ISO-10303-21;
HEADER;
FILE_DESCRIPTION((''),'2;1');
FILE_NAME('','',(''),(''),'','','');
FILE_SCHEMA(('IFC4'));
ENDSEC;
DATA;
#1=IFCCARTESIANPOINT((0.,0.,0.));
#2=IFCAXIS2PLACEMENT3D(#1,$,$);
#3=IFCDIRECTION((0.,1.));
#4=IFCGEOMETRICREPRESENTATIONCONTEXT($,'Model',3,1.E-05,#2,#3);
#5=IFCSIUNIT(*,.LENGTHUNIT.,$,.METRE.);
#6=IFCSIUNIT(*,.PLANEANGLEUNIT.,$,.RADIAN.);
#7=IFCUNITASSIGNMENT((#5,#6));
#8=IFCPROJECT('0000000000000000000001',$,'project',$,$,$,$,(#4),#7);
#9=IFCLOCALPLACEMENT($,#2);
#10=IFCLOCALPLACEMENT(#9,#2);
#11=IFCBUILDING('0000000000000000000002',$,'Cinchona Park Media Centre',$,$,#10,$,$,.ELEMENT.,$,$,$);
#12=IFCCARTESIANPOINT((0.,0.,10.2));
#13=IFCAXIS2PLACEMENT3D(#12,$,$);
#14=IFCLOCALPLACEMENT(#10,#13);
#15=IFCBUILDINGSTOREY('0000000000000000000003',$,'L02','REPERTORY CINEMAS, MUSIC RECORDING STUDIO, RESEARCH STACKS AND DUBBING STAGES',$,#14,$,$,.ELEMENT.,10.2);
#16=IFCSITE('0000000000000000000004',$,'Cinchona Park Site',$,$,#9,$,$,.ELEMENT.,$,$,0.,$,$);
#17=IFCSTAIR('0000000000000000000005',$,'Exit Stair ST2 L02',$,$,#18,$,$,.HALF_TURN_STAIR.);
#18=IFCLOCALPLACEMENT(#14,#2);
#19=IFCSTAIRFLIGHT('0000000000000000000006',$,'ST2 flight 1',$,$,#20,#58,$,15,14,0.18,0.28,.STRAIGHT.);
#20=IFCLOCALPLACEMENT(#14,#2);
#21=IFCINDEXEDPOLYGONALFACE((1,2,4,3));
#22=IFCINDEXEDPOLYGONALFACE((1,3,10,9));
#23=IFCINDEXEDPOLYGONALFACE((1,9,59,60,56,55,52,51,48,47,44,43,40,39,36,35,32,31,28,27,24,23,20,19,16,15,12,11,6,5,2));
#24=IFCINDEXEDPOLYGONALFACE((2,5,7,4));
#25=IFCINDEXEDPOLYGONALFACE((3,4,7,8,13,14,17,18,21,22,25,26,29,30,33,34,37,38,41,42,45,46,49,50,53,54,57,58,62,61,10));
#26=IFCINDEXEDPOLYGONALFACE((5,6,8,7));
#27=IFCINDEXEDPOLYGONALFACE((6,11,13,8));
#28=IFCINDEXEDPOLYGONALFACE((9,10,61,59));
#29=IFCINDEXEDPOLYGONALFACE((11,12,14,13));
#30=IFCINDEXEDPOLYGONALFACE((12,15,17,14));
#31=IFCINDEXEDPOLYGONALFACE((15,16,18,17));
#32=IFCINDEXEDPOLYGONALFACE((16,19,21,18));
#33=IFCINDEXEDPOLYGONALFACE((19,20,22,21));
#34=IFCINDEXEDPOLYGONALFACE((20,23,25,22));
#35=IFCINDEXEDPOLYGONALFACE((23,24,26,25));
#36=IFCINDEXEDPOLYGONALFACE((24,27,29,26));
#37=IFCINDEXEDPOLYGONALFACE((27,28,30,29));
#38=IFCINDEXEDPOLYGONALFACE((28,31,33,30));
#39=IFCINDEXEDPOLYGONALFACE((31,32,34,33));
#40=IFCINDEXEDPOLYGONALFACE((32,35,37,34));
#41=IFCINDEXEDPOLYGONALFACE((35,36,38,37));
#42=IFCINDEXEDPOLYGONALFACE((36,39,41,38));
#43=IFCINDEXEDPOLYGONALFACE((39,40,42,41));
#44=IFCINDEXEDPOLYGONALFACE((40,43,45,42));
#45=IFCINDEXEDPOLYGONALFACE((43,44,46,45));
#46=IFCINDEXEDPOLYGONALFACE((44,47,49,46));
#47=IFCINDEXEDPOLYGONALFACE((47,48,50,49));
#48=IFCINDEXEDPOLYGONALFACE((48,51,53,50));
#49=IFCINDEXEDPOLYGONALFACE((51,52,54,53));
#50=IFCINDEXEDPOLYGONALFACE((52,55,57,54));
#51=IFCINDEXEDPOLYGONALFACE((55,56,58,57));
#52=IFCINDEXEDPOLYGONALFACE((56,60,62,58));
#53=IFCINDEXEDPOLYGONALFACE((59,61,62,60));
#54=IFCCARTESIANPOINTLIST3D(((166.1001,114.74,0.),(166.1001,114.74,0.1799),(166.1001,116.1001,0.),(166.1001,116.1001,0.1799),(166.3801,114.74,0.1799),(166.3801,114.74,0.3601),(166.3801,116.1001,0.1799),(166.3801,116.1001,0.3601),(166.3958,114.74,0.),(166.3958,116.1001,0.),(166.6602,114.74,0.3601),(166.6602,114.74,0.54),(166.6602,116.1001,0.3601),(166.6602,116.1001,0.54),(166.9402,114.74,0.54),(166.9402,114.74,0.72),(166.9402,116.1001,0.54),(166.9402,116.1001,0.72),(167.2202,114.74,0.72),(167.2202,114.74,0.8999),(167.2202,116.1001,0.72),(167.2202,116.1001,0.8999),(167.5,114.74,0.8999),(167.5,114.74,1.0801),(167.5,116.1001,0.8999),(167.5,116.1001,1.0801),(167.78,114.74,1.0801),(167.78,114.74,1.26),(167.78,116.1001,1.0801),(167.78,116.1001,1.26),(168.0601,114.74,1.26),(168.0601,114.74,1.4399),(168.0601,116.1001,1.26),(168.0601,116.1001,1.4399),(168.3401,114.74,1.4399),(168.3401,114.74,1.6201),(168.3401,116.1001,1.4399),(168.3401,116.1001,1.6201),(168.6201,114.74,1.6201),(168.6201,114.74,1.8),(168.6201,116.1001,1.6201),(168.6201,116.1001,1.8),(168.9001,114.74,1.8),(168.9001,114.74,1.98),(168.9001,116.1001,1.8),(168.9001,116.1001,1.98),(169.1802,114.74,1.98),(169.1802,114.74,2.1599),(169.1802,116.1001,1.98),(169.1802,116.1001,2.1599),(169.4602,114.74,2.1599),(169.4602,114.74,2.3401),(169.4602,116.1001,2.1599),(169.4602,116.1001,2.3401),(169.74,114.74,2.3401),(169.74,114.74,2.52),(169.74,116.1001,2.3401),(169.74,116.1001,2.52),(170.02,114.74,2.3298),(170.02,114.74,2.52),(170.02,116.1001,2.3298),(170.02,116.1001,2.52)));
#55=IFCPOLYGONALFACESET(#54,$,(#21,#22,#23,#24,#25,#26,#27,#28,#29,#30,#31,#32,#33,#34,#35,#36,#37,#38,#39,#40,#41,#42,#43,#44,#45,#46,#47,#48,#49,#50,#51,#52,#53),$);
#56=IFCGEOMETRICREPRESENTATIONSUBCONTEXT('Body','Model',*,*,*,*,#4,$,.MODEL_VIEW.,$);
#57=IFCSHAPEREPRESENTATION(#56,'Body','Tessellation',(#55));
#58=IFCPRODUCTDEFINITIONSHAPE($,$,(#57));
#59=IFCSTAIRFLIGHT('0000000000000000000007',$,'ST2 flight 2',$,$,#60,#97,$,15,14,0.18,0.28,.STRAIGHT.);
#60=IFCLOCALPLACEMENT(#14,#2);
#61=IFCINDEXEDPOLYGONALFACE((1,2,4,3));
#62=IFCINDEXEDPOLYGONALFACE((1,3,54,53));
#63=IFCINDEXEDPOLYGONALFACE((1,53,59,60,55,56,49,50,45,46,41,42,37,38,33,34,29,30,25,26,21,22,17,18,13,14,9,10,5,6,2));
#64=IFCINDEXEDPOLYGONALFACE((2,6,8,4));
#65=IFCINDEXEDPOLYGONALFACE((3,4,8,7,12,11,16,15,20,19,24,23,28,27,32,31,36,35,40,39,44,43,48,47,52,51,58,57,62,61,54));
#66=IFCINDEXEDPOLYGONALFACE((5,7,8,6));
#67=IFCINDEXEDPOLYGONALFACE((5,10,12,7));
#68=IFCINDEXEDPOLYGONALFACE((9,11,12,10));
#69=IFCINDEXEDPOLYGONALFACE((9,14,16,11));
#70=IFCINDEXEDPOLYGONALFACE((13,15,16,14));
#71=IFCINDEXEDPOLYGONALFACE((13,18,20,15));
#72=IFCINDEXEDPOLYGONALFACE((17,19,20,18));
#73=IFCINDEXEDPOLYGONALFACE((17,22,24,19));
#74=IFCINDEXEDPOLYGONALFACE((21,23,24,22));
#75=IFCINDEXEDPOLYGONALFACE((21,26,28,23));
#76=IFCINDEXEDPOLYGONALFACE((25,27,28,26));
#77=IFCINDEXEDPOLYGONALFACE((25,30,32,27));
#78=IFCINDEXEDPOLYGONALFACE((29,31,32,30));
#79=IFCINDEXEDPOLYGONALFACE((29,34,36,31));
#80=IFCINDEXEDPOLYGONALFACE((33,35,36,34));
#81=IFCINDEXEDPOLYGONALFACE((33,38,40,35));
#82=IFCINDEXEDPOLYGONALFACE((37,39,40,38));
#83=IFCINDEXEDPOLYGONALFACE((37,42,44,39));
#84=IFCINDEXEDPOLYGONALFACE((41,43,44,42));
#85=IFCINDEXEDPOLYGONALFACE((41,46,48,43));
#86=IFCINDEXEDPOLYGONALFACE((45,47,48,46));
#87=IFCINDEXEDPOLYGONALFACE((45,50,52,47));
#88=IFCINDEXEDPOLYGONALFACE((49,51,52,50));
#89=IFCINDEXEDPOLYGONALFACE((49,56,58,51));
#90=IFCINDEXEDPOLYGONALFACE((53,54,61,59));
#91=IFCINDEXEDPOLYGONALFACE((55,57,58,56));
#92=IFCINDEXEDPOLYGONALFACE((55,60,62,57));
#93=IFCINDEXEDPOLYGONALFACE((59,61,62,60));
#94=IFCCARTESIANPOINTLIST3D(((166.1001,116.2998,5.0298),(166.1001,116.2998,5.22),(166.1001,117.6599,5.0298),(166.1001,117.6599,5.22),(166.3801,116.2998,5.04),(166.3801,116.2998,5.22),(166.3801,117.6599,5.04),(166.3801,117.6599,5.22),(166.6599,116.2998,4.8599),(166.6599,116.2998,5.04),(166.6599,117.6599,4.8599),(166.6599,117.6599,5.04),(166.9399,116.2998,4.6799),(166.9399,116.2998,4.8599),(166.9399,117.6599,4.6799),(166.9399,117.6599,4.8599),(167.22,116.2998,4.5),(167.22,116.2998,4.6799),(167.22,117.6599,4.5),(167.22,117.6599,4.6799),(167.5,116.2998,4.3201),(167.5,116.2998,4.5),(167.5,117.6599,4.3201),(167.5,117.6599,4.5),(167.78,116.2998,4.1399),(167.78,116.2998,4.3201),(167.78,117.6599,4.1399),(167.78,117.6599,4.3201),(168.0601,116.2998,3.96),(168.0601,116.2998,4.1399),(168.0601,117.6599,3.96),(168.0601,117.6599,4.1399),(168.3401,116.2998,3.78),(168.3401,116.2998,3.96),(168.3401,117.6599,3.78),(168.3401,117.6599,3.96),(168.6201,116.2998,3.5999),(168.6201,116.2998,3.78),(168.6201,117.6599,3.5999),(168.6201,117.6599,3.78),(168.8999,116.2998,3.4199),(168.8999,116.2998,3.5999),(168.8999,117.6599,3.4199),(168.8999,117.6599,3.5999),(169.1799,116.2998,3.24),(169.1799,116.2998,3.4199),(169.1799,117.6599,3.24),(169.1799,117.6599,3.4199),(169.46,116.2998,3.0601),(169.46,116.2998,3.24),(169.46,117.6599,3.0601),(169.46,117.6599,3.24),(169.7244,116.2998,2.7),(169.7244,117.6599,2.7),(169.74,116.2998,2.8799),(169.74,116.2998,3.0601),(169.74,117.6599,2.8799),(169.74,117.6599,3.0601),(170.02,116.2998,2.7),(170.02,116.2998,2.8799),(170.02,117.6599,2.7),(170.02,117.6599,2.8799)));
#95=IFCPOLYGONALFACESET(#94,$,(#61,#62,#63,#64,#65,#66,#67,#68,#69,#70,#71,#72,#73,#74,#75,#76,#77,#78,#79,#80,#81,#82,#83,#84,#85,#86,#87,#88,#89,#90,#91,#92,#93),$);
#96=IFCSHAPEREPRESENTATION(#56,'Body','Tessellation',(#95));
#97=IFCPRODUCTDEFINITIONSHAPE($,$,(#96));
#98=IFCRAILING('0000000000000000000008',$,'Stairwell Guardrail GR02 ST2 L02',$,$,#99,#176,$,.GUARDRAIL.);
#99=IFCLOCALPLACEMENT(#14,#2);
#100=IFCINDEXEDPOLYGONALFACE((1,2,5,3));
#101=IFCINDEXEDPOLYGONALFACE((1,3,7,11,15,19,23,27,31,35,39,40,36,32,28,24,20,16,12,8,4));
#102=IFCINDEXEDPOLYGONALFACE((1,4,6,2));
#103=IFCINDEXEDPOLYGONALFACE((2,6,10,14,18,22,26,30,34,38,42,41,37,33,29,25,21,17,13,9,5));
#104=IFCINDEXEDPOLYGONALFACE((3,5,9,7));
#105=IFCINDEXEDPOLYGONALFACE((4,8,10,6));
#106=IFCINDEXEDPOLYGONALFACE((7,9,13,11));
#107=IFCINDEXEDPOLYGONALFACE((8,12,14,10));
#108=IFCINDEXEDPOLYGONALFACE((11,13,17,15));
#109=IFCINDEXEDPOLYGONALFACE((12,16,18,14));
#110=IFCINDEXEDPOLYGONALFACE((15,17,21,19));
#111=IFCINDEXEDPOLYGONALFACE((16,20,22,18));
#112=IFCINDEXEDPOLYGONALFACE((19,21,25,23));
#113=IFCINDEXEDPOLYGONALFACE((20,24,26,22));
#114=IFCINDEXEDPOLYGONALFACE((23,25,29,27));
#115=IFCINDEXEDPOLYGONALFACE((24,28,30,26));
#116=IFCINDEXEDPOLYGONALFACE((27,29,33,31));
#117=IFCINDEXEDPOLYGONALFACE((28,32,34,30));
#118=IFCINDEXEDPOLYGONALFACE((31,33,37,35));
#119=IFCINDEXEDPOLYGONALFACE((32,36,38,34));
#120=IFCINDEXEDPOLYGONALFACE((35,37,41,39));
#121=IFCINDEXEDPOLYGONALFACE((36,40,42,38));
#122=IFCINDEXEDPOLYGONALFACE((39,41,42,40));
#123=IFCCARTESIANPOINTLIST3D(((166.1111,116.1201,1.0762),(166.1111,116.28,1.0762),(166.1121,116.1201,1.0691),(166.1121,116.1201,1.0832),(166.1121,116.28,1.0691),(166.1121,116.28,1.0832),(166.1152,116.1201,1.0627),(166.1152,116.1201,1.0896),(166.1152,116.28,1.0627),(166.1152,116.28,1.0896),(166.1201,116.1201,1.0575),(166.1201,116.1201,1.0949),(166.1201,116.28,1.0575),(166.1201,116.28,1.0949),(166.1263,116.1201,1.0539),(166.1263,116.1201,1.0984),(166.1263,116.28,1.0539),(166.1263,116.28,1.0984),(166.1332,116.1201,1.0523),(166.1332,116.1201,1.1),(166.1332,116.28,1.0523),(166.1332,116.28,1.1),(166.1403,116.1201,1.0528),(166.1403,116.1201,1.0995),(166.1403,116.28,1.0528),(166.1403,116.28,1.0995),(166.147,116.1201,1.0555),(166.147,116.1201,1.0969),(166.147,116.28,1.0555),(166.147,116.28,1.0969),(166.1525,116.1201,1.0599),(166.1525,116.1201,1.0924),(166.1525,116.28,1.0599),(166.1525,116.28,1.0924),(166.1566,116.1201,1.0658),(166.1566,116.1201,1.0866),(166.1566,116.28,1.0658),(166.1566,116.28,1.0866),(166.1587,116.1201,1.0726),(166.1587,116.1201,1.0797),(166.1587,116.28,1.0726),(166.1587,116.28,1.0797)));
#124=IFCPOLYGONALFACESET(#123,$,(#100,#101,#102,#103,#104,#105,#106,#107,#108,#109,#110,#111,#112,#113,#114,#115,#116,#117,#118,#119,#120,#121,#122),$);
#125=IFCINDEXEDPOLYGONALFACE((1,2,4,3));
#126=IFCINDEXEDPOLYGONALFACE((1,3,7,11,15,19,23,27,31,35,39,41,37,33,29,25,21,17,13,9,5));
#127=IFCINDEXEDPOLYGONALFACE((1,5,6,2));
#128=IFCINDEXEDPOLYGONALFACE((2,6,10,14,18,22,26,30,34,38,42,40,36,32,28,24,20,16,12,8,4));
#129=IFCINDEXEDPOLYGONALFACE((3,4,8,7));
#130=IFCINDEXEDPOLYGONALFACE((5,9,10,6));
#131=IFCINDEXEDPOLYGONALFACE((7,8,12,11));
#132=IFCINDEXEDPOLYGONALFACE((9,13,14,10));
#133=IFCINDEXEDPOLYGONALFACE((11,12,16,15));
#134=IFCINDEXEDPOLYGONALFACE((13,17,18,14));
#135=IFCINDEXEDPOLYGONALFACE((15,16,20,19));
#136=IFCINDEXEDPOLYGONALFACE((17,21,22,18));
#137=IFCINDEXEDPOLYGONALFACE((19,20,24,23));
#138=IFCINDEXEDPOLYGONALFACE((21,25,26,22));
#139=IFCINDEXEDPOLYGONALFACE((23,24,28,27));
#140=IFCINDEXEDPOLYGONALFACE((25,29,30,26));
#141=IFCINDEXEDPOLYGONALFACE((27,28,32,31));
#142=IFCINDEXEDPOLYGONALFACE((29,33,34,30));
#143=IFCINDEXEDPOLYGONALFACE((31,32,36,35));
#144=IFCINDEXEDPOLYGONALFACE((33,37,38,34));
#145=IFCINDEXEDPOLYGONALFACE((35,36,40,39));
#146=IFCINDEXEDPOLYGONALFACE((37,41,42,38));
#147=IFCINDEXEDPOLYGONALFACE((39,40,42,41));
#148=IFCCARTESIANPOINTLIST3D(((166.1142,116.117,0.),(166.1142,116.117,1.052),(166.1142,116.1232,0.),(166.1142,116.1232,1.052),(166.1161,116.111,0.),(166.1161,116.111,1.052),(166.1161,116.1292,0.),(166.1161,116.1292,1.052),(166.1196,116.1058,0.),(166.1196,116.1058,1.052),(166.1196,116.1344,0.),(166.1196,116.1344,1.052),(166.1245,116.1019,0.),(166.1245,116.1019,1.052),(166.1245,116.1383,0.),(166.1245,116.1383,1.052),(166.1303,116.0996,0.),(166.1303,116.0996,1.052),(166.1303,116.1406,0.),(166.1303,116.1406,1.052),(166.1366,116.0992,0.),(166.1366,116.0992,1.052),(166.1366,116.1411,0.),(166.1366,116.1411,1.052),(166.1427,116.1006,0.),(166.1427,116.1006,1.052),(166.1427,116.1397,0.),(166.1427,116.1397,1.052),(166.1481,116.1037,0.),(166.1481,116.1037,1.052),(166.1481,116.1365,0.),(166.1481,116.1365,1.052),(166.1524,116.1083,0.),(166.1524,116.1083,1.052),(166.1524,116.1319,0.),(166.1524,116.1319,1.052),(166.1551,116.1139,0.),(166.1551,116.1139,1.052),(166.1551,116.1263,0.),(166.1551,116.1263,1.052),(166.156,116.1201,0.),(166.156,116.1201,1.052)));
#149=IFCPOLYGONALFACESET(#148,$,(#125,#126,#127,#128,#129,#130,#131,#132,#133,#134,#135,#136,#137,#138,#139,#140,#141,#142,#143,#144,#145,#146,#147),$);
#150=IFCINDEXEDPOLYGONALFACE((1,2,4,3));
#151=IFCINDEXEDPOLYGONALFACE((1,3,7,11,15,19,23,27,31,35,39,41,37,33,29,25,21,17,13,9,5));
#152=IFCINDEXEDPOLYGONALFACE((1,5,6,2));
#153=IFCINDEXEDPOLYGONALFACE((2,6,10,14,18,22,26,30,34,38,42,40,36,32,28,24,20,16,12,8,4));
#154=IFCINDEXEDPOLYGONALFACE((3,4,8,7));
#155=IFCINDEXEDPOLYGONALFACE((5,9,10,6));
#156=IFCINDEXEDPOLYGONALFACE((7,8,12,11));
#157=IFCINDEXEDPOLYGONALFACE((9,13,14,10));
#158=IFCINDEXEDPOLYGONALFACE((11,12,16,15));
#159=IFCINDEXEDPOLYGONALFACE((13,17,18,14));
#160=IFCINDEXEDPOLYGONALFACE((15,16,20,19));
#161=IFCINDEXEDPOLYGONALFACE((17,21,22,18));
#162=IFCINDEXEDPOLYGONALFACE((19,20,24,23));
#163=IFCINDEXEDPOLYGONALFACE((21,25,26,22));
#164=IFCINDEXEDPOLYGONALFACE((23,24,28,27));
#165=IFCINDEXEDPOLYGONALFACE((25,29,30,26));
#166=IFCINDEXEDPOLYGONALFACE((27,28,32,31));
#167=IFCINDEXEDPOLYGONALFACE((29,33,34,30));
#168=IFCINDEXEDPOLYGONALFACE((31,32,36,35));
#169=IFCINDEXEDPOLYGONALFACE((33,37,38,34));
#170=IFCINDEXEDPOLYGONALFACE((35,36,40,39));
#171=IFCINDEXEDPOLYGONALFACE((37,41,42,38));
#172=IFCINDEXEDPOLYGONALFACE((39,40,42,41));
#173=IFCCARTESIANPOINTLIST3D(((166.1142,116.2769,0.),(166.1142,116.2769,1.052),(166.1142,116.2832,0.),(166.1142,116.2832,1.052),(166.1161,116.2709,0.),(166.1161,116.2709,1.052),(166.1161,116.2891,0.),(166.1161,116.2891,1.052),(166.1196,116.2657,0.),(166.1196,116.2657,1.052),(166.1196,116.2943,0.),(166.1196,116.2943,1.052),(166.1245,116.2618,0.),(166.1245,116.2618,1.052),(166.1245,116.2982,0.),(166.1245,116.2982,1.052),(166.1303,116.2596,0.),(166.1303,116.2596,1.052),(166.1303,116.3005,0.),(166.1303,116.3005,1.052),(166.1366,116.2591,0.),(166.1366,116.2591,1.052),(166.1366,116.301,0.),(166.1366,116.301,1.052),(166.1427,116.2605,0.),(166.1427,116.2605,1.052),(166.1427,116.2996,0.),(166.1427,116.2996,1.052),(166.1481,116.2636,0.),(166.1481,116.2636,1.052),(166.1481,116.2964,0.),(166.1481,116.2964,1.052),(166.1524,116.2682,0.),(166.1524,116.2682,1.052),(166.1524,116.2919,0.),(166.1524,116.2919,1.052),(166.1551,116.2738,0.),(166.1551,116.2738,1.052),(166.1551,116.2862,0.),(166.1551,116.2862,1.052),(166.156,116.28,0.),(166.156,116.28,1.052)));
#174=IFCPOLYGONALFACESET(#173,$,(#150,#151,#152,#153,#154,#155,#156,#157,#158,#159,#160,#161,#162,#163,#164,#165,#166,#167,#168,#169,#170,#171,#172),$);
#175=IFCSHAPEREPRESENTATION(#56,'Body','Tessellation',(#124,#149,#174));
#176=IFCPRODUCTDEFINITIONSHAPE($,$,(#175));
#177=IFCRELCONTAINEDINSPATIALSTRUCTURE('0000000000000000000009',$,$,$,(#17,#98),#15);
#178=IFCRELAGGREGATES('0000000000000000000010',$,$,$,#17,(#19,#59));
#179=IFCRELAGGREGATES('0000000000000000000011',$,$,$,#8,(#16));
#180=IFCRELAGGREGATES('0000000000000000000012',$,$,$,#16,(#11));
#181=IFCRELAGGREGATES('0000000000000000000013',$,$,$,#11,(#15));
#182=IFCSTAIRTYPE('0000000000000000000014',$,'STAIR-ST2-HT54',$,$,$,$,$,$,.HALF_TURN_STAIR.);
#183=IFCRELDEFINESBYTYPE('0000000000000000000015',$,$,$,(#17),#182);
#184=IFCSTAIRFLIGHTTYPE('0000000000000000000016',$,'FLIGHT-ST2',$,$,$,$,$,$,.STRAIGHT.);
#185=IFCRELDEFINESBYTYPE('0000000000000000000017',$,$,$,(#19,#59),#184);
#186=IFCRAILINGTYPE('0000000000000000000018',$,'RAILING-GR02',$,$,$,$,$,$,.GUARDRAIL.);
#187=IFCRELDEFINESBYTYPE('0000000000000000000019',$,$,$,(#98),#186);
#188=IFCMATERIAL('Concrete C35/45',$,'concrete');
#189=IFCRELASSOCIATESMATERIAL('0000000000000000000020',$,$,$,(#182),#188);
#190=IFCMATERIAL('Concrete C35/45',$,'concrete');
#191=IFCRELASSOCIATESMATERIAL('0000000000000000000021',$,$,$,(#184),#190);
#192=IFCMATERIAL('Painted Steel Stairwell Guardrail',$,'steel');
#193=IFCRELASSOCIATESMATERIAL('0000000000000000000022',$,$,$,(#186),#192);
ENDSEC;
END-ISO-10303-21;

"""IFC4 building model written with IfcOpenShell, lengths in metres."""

from ifc_helpers import new_model, si_unit, direction, frame, origin, origin_2d, place, context, subcontext, project, spatial, polyline, circle, outline, extrude, material, type_object, element, aggregate, save


model = new_model("IFC4")

# Units and contexts
model_context = context("Model", 3, precision=1e-05, world=origin(), true_north=direction((0.0, 1.0)))
body_context = subcontext(model_context, "Body", "Model", "MODEL_VIEW")
ifc_project = project(units=[si_unit("LENGTHUNIT", "METRE"), si_unit("PLANEANGLEUNIT", "RADIAN")], contexts=[model_context])

# Site, building, storey
site_placement = place(None, origin())
site = spatial("IfcSite", under=ifc_project, at=site_placement, Name="Cinchona Park Site", CompositionType="ELEMENT", RefElevation=0.0)
building_placement = place(site_placement, origin())
building = spatial("IfcBuilding", under=site, at=building_placement, Name="Cinchona Park Media Centre", CompositionType="ELEMENT")
storey_placement = place(building_placement, frame((0.0, 0.0, 10.2)))
storey = spatial("IfcBuildingStorey", under=building, at=storey_placement, Name="L02", Description="REPERTORY CINEMAS, MUSIC RECORDING STUDIO, RESEARCH STACKS AND DUBBING STAGES", CompositionType="ELEMENT", Elevation=10.2)

# Stair, stair flights
ifc_material_1 = material(Name="Concrete C35/45", Category="concrete")
stair_type = type_object("IfcStairType", Name="STAIR-ST2-HT54", PredefinedType="HALF_TURN_STAIR", material=ifc_material_1)
stair_placement = place(storey_placement, origin())
stair = element("IfcStair", 1, at=stair_placement, inside=storey, type_object=stair_type, Name="Exit Stair ST2 L02", PredefinedType="HALF_TURN_STAIR")
ifc_material_2 = material(Name="Concrete C35/45", Category="concrete")
stair_flight_type = type_object("IfcStairFlightType", Name="FLIGHT-ST2", PredefinedType="STRAIGHT", material=ifc_material_2)
stair_flight_1_placement = place(storey_placement, frame((166.1001, 115.4199, 0.0), z_axis=(0.0, 0.0, 1.0), x_axis=(1.0, 0.0, 0.0)))
stair_flight_1 = element("IfcStairFlight", 2, at=stair_flight_1_placement, type_object=stair_flight_type, Name="ST2 flight 1", NumberOfRisers=15, NumberOfTreads=14, PredefinedType="STRAIGHT", RiserHeight=0.18, TreadLength=0.28, context=body_context, shape_type="SweptSolid", body=[
    extrude(outline(polyline([(0.0, 0.0), (0.0, 0.1799), (0.28, 0.1799), (0.28, 0.3601), (0.5601, 0.3601), (0.5601, 0.54), (0.8401, 0.54), (0.8401, 0.72), (1.1201, 0.72), (1.1201, 0.8999), (1.3999, 0.8999), (1.3999, 1.0801), (1.6799, 1.0801), (1.6799, 1.26), (1.96, 1.26), (1.96, 1.4399), (2.24, 1.4399), (2.24, 1.6201), (2.52, 1.6201), (2.52, 1.8), (2.8, 1.8), (2.8, 1.98), (3.0801, 1.98), (3.0801, 2.1599), (3.3601, 2.1599), (3.3601, 2.3401), (3.6399, 2.3401), (3.6399, 2.52), (3.9199, 2.52), (3.9199, 2.7), (3.9199, 2.3298), (0.2957, 0.0), (0.0, 0.0)])), frame((0.0, 0.6802, 0.0), z_axis=(0.0, -1.0, 0.0), x_axis=(1.0, 0.0, 0.0)), (0.0, 0.0, 1.0), 1.3601),
])
stair_flight_2_placement = place(storey_placement, frame((170.02, 116.98, 2.7), z_axis=(0.0, 0.0, 1.0), x_axis=(-1.0, 0.0, 0.0)))
stair_flight_2 = element("IfcStairFlight", 3, at=stair_flight_2_placement, type_object=stair_flight_type, Name="ST2 flight 2", NumberOfRisers=15, NumberOfTreads=14, PredefinedType="STRAIGHT", RiserHeight=0.18, TreadLength=0.28, context=body_context, shape_type="SweptSolid", body=[
    extrude(outline(polyline([(0.0, 0.0), (0.0, 0.1799), (0.28, 0.1799), (0.28, 0.3601), (0.5601, 0.3601), (0.5601, 0.54), (0.8401, 0.54), (0.8401, 0.72), (1.1201, 0.72), (1.1201, 0.8999), (1.3999, 0.8999), (1.3999, 1.0801), (1.6799, 1.0801), (1.6799, 1.26), (1.96, 1.26), (1.96, 1.4399), (2.24, 1.4399), (2.24, 1.6201), (2.52, 1.6201), (2.52, 1.8), (2.8, 1.8), (2.8, 1.98), (3.0801, 1.98), (3.0801, 2.1599), (3.3601, 2.1599), (3.3601, 2.3401), (3.6399, 2.3401), (3.6399, 2.52), (3.9199, 2.52), (3.9199, 2.7), (3.9199, 2.3298), (0.2957, 0.0), (0.0, 0.0)])), frame((0.0, 0.6802, 0.0), z_axis=(0.0, -1.0, 0.0), x_axis=(1.0, 0.0, 0.0)), (0.0, 0.0, 1.0), 1.3601),
])
aggregate(stair, [stair_flight_1, stair_flight_2])

# Railing
ifc_material_3 = material(Name="Painted Steel Stairwell Guardrail", Category="steel")
railing_type_1 = type_object("IfcRailingType", Name="RAILING-GR02", PredefinedType="GUARDRAIL", material=ifc_material_3)
for number, where, name in (
    (4, (166.135, 116.1201, 0.0), "Stairwell Guardrail GR02 ST2 L02"),
):
    element("IfcRailing", number, at=place(storey_placement, frame(where)), inside=storey, type_object=railing_type_1, Name=name, PredefinedType="GUARDRAIL", context=body_context, shape_type="SweptSolid", body=[
        extrude(circle(Radius=0.0239, at=origin_2d()), frame((0.0, 0.0, 1.0762), z_axis=(0.0, 1.0, 0.0), x_axis=(-1.0, 0.0, 0.0)), (0.0, 0.0, 1.0), 0.1599),
        extrude(circle(Radius=0.021, at=origin_2d()), origin(), (0.0, 0.0, 1.0), 1.052),
        extrude(circle(Radius=0.021, at=origin_2d()), frame((0.0, 0.1599, 0.0)), (0.0, 0.0, 1.0), 1.052),
    ])

save(model, "model.ifc")
